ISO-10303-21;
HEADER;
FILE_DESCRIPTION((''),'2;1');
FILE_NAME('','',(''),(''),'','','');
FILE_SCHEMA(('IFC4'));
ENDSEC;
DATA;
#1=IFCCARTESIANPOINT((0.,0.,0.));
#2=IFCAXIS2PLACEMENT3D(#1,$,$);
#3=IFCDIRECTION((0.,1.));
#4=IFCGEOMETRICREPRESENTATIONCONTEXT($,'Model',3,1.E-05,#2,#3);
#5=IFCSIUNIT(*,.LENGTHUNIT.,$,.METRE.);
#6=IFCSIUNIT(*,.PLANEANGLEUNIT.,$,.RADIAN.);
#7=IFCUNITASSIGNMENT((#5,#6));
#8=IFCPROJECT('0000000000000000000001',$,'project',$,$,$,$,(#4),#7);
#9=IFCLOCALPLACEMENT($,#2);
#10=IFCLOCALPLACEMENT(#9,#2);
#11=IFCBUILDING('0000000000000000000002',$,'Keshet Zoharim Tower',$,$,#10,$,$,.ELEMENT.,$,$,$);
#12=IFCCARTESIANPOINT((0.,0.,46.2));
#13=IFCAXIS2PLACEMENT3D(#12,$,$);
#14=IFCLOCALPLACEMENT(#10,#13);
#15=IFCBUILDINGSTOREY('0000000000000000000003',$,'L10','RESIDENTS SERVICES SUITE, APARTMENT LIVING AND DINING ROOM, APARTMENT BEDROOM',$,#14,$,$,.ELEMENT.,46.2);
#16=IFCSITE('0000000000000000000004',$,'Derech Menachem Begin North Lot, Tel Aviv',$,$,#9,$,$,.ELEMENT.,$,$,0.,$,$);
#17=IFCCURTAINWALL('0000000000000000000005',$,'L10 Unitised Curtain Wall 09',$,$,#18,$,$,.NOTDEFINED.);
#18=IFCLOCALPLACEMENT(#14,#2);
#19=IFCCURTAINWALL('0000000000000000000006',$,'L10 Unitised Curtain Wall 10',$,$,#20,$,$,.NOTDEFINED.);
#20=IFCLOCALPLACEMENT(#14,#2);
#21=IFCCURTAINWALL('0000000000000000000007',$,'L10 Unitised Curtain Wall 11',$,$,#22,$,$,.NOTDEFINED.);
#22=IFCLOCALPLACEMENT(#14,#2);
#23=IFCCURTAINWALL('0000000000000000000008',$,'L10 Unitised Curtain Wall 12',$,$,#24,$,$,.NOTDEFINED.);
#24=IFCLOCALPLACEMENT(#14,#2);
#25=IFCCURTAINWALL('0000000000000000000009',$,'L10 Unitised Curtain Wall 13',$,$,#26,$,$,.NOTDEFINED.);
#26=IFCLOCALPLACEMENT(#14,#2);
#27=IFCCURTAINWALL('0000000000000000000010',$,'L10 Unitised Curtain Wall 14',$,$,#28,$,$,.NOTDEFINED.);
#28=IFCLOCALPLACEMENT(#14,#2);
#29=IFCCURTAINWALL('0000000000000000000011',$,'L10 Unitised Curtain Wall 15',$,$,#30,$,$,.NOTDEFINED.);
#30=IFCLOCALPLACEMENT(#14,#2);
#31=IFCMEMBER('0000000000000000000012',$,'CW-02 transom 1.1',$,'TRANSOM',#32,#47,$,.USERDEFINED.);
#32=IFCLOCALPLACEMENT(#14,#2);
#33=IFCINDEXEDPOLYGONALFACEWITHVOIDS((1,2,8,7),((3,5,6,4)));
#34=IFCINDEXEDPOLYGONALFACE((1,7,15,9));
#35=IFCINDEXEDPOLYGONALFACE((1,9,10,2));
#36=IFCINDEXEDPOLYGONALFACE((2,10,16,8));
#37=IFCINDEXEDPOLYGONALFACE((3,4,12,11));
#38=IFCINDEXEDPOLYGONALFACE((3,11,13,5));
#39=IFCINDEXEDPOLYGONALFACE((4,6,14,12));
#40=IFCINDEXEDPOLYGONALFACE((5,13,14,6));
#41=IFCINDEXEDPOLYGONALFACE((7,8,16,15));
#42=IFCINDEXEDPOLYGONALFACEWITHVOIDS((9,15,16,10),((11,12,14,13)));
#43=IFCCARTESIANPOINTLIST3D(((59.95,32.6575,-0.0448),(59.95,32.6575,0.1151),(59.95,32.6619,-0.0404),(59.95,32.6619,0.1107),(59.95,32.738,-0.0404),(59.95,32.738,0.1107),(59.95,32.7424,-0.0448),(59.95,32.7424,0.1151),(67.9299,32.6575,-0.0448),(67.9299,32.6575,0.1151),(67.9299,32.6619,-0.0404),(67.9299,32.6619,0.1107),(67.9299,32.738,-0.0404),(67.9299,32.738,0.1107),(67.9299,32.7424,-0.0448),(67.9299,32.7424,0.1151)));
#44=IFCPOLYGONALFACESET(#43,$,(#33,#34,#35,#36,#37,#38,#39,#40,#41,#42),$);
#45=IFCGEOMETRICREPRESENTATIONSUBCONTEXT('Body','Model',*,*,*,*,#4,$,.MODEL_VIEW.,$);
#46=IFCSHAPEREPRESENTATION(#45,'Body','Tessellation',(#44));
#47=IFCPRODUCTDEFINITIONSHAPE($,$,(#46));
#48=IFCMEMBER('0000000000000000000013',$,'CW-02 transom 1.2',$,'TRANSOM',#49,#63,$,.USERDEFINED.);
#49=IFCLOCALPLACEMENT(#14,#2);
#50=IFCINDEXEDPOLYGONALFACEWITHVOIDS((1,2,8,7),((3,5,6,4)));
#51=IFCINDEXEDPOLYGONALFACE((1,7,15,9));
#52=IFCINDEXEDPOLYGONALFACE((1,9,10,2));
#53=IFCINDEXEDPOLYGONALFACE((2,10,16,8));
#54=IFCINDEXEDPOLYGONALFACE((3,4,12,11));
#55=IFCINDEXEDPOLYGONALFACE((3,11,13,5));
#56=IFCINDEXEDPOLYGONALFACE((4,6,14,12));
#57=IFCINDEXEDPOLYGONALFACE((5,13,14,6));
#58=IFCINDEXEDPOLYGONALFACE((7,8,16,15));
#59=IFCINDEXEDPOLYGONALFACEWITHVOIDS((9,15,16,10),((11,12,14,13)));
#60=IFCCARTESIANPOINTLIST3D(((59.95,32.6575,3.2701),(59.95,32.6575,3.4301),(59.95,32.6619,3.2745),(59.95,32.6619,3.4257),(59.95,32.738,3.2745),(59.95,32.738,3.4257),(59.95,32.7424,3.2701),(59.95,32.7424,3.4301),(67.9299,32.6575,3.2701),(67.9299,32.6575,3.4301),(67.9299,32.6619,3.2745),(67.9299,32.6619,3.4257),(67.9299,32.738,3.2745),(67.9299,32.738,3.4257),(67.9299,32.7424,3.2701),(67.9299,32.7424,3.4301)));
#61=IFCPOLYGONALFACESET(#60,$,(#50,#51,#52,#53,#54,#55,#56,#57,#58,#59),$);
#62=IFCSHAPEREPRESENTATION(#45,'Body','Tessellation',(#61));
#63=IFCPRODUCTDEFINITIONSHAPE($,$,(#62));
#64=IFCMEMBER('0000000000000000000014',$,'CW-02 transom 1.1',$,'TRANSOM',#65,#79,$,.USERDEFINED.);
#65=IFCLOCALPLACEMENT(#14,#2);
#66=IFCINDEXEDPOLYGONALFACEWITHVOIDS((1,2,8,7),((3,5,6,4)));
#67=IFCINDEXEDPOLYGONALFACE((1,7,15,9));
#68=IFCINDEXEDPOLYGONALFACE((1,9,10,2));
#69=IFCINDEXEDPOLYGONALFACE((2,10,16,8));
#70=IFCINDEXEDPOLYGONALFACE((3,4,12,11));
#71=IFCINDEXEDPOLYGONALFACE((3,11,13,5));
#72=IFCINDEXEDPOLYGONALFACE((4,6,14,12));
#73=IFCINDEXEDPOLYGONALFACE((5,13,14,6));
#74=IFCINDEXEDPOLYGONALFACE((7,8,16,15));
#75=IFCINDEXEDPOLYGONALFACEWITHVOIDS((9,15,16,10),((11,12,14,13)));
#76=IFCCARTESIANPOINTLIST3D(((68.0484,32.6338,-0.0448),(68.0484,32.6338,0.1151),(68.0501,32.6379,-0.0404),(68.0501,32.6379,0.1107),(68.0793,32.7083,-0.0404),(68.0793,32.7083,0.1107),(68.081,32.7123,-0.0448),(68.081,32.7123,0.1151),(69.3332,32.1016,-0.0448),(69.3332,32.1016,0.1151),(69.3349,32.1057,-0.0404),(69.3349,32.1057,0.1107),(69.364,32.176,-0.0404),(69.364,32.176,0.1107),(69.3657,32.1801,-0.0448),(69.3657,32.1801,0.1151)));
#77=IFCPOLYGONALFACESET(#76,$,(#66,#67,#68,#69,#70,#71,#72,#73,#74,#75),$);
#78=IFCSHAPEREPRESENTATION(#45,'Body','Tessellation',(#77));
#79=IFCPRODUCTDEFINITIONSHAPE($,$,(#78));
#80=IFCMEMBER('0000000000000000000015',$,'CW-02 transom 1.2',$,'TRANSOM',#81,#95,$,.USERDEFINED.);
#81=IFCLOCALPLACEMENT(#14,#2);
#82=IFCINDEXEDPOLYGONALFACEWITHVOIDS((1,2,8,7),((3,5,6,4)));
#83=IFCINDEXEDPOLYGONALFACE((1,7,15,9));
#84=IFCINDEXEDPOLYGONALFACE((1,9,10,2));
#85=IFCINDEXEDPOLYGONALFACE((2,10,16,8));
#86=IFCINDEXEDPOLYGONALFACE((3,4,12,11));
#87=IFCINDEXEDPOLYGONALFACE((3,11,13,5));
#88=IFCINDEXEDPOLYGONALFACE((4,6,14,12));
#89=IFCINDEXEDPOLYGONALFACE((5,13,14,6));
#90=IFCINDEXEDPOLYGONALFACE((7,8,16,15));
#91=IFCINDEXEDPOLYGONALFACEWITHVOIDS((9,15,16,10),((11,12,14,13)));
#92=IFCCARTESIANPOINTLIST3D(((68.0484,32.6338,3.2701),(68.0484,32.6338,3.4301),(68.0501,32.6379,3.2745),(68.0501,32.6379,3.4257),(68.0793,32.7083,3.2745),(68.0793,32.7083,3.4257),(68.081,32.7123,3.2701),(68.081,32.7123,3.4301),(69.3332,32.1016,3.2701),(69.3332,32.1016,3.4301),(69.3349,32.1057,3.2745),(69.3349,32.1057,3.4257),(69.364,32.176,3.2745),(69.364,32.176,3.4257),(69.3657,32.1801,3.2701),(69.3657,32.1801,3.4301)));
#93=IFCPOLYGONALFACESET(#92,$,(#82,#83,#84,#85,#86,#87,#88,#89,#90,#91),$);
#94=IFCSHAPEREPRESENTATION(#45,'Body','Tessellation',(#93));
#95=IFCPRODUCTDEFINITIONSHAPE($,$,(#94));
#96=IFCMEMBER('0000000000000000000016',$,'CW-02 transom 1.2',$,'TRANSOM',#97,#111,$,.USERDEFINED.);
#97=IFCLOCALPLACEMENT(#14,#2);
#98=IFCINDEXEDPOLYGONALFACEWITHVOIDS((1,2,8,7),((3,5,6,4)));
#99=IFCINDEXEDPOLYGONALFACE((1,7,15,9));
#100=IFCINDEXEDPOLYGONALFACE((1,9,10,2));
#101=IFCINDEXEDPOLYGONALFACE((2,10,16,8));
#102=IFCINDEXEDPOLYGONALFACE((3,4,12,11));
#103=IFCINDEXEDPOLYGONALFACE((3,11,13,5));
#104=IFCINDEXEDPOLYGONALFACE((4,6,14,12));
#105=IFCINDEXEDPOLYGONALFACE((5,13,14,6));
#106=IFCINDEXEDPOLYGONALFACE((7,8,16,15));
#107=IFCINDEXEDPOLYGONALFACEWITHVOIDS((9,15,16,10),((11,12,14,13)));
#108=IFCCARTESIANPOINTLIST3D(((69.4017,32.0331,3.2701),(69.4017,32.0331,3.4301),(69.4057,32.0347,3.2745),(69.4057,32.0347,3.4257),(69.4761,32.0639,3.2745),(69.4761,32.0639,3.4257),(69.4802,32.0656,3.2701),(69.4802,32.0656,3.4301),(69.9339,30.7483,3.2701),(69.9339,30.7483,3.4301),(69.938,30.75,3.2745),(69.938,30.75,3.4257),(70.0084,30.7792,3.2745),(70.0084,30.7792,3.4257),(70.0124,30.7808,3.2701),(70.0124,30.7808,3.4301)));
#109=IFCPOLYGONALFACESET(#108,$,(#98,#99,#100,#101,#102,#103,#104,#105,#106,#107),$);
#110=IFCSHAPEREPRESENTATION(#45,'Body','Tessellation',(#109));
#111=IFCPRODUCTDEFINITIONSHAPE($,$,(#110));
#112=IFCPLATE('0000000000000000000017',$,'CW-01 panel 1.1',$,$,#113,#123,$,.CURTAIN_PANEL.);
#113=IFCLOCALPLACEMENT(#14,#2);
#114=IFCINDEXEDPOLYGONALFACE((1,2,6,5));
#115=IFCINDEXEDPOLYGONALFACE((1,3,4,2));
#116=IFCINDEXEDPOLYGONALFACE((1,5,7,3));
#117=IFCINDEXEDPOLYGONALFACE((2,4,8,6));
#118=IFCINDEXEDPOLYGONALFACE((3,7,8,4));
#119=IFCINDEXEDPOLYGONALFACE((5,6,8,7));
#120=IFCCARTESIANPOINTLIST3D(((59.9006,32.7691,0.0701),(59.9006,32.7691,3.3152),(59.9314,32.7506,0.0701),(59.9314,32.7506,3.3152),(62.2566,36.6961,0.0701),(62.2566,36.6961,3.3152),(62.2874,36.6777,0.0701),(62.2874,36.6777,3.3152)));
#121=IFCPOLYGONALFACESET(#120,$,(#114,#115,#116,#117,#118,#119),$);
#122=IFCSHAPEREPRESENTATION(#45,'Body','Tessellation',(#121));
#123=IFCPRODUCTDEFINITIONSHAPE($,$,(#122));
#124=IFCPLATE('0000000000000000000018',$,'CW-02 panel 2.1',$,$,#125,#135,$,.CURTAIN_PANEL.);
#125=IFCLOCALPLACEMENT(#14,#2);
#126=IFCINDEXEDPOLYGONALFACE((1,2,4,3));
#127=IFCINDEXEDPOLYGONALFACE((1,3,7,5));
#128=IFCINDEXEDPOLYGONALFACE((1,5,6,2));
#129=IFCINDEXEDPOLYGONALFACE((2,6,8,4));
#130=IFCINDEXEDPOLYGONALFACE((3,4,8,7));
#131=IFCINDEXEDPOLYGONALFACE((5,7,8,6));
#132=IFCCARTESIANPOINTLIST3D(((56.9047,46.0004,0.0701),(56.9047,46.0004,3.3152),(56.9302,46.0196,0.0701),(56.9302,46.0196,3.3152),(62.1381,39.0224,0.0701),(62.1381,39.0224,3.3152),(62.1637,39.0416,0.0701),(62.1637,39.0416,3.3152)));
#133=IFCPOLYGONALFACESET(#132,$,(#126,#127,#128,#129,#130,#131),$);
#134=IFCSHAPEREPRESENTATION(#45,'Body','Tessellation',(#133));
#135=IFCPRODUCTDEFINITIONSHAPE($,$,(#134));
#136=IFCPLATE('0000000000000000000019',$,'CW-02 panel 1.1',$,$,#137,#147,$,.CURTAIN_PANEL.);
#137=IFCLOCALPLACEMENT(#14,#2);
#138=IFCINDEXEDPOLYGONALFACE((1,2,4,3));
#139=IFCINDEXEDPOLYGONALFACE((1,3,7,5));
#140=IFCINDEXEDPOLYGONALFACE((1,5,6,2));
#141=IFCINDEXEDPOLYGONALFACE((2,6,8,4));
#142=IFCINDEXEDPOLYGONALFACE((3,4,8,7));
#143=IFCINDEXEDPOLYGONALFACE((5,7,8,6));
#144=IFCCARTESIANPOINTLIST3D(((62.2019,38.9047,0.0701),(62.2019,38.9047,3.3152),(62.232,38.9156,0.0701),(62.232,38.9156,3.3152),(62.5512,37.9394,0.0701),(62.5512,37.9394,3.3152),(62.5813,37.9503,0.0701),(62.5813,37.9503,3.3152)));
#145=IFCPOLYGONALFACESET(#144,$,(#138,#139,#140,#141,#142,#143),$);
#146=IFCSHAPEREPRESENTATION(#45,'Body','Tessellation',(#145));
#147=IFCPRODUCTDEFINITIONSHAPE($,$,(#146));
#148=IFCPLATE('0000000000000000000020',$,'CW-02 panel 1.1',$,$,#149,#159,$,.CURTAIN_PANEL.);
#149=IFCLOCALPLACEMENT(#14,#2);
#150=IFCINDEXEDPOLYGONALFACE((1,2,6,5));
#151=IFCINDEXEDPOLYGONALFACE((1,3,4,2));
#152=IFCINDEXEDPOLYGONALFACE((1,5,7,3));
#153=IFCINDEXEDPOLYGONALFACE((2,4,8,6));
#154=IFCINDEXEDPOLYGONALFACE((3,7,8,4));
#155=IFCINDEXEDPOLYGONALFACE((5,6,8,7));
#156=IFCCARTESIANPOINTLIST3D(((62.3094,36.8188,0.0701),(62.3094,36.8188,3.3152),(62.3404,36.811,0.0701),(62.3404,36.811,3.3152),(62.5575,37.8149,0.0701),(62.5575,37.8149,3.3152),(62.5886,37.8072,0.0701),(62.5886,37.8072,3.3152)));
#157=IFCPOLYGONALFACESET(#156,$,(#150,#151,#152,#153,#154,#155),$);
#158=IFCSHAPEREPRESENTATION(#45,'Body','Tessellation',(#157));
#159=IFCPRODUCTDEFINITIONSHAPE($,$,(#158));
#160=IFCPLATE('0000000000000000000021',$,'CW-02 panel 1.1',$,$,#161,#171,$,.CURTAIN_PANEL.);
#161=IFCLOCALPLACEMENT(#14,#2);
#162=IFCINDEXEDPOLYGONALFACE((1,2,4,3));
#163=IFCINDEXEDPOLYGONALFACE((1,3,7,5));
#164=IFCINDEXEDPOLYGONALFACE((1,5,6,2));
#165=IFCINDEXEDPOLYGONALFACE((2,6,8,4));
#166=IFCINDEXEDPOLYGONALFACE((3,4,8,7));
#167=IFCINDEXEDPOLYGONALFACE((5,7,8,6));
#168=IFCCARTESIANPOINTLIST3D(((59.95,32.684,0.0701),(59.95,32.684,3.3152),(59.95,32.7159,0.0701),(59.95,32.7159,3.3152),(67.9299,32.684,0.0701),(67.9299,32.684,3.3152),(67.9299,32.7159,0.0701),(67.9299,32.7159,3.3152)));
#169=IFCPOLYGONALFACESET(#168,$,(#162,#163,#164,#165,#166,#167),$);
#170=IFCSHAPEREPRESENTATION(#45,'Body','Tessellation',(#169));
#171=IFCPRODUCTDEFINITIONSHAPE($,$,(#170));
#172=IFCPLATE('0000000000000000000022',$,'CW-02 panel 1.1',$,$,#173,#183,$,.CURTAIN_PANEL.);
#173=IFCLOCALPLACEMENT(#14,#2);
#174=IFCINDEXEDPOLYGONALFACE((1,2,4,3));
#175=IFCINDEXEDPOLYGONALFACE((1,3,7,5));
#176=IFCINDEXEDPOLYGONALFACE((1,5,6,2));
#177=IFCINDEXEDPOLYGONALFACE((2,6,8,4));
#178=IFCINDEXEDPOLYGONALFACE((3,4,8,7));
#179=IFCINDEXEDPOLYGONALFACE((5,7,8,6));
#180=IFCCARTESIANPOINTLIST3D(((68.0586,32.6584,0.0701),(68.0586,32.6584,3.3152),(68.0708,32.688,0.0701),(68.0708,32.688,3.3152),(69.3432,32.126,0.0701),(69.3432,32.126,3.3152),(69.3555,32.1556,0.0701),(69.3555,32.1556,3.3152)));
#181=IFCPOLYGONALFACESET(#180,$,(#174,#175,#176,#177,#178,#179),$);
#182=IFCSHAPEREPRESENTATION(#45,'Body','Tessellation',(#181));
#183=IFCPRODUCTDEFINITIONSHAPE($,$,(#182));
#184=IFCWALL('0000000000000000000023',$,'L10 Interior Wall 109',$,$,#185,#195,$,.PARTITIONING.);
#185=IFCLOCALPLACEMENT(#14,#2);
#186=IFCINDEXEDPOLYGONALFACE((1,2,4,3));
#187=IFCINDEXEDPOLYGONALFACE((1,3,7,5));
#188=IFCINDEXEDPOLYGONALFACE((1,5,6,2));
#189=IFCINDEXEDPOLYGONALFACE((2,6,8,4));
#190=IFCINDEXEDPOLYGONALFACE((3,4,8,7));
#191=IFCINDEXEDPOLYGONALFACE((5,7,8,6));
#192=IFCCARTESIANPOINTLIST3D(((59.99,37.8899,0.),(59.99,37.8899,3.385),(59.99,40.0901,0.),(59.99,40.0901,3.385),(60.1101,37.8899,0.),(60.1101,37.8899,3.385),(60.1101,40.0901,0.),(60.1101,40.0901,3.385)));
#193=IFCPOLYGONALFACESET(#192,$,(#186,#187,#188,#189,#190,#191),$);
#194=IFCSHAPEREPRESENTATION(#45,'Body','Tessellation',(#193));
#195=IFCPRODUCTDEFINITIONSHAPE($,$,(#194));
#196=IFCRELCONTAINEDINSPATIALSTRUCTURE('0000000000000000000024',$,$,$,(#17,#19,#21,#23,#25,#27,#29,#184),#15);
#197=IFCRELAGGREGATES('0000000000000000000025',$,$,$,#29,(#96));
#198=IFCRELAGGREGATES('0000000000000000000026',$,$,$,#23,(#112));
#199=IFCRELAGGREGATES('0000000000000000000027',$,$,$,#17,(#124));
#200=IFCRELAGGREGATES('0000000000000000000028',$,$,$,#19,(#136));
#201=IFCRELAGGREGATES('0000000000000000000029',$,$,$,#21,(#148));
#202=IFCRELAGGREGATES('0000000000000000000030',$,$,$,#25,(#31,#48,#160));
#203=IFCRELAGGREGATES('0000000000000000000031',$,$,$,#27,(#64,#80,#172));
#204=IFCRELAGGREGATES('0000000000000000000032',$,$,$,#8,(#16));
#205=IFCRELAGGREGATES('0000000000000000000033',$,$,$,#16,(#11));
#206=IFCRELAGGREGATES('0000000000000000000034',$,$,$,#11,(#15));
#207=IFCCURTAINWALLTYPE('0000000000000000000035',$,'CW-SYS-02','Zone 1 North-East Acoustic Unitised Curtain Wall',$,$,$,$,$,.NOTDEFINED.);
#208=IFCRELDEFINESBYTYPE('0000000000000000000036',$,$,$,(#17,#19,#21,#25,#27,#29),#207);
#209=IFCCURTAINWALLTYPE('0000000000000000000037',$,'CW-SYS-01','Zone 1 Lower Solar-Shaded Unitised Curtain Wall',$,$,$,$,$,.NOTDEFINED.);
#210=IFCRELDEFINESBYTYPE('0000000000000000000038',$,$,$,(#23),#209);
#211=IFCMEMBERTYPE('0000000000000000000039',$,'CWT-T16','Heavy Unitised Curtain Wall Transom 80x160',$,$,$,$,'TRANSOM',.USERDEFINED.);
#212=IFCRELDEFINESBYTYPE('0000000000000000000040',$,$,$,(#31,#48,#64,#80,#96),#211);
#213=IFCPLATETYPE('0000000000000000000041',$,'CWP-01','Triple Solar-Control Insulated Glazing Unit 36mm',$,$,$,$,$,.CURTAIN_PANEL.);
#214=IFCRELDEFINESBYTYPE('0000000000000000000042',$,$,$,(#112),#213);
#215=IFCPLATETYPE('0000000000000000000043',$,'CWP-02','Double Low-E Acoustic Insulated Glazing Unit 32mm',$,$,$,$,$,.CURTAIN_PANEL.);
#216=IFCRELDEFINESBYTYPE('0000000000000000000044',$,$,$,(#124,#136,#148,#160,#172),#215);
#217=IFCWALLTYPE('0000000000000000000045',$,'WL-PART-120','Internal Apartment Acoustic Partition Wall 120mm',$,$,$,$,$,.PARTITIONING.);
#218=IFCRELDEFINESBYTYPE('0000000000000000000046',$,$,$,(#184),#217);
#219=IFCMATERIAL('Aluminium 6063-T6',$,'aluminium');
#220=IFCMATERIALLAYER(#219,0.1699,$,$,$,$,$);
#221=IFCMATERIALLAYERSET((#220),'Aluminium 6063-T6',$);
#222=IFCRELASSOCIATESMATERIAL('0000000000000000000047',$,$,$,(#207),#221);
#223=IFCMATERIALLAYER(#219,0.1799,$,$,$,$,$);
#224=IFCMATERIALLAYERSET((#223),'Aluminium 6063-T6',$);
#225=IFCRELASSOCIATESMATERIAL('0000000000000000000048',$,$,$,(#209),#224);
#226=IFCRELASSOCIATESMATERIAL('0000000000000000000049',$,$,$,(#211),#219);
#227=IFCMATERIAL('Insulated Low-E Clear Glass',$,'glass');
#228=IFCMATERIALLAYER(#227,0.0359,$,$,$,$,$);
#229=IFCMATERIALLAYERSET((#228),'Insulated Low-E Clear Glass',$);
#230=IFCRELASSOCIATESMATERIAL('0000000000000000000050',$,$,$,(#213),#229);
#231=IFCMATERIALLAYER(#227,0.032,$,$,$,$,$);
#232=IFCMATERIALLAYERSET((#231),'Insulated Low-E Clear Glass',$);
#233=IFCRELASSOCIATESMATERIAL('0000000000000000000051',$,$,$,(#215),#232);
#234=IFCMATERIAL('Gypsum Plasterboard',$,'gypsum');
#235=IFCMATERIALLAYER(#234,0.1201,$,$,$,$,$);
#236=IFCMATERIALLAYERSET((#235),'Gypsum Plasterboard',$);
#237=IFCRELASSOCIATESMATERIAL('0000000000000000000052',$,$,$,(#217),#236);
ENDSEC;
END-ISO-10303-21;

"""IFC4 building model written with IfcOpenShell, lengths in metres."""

from ifc_helpers import new_model, si_unit, direction, frame, frame_2d, origin, origin_2d, place, context, subcontext, project, spatial, rectangle, hollow_rectangle, extrude, material, layer, layer_set, material_profile, profile_set, type_object, element, aggregate, save


model = new_model("IFC4")

# Units and contexts
model_context = context("Model", 3, precision=1e-05, world=origin(), true_north=direction((0.0, 1.0)))
body_context = subcontext(model_context, "Body", "Model", "MODEL_VIEW")
ifc_project = project(units=[si_unit("LENGTHUNIT", "METRE"), si_unit("PLANEANGLEUNIT", "RADIAN")], contexts=[model_context])

# Site, building, storey
site_placement = place(None, origin())
site = spatial("IfcSite", under=ifc_project, at=site_placement, Name="Derech Menachem Begin North Lot, Tel Aviv", CompositionType="ELEMENT", RefElevation=0.0)
building_placement = place(site_placement, origin())
building = spatial("IfcBuilding", under=site, at=building_placement, Name="Keshet Zoharim Tower", CompositionType="ELEMENT")
storey_placement = place(building_placement, frame((0.0, 0.0, 46.2)))
storey = spatial("IfcBuildingStorey", under=building, at=storey_placement, Name="L10", Description="RESIDENTS SERVICES SUITE, APARTMENT LIVING AND DINING ROOM, APARTMENT BEDROOM", CompositionType="ELEMENT", Elevation=46.2)

# Curtain wall
ifc_material_1 = material(Name="Aluminium 6063-T6", Category="aluminium")
ifc_layer_1 = layer(ifc_material_1, 0.1699)
ifc_layer_set_1 = layer_set([ifc_layer_1], Name="Aluminium 6063-T6")
curtain_wall_type_1 = type_object("IfcCurtainWallType", Name="CW-SYS-02", Description="Zone 1 North-East Acoustic Unitised Curtain Wall", PredefinedType="NOTDEFINED", material=ifc_layer_set_1)
curtain_wall_1_placement = place(storey_placement, origin())
curtain_wall_1 = element("IfcCurtainWall", 1, at=curtain_wall_1_placement, inside=storey, type_object=curtain_wall_type_1, Name="L10 Unitised Curtain Wall 09", PredefinedType="NOTDEFINED")

# Curtain walls
curtain_wall_2_placement = place(storey_placement, origin())
curtain_wall_2 = element("IfcCurtainWall", 2, at=curtain_wall_2_placement, inside=storey, type_object=curtain_wall_type_1, Name="L10 Unitised Curtain Wall 10", PredefinedType="NOTDEFINED")
curtain_wall_3_placement = place(storey_placement, origin())
curtain_wall_3 = element("IfcCurtainWall", 3, at=curtain_wall_3_placement, inside=storey, type_object=curtain_wall_type_1, Name="L10 Unitised Curtain Wall 11", PredefinedType="NOTDEFINED")
ifc_layer_2 = layer(ifc_material_1, 0.1799)
ifc_layer_set_2 = layer_set([ifc_layer_2], Name="Aluminium 6063-T6")
curtain_wall_type_2 = type_object("IfcCurtainWallType", Name="CW-SYS-01", Description="Zone 1 Lower Solar-Shaded Unitised Curtain Wall", PredefinedType="NOTDEFINED", material=ifc_layer_set_2)
curtain_wall_4_placement = place(storey_placement, origin())
curtain_wall_4 = element("IfcCurtainWall", 4, at=curtain_wall_4_placement, inside=storey, type_object=curtain_wall_type_2, Name="L10 Unitised Curtain Wall 12", PredefinedType="NOTDEFINED")
curtain_wall_5_placement = place(storey_placement, origin())
curtain_wall_5 = element("IfcCurtainWall", 5, at=curtain_wall_5_placement, inside=storey, type_object=curtain_wall_type_1, Name="L10 Unitised Curtain Wall 13", PredefinedType="NOTDEFINED")
curtain_wall_6_placement = place(storey_placement, origin())
curtain_wall_6 = element("IfcCurtainWall", 6, at=curtain_wall_6_placement, inside=storey, type_object=curtain_wall_type_1, Name="L10 Unitised Curtain Wall 14", PredefinedType="NOTDEFINED")

# Curtain wall
curtain_wall_7_placement = place(storey_placement, origin())
curtain_wall_7 = element("IfcCurtainWall", 7, at=curtain_wall_7_placement, inside=storey, type_object=curtain_wall_type_1, Name="L10 Unitised Curtain Wall 15", PredefinedType="NOTDEFINED")

# Members
ifc_material_profile_1 = material_profile(ifc_material_1, hollow_rectangle(XDim=0.085, YDim=0.1599, WallThickness=0.0044, at=origin_2d()), Name="TRN-85x160")
ifc_profile_set_1 = profile_set([ifc_material_profile_1], Name="Aluminium 6063-T6")
member_type_1 = type_object("IfcMemberType", Name="CWT-T16", Description="Heavy Unitised Curtain Wall Transom 80x160", ElementType="TRANSOM", PredefinedType="USERDEFINED", material=ifc_profile_set_1)
member_1_placement = place(storey_placement, frame((59.95, 32.7, 0.0352), z_axis=(1.0, 0.0, 0.0), x_axis=(0.0, 1.0, 0.0)))
member_1 = element("IfcMember", 8, at=member_1_placement, type_object=member_type_1, Name="CW-02 transom 1.1", ObjectType="TRANSOM", PredefinedType="USERDEFINED", context=body_context, shape_type="SweptSolid", body=[
    extrude(hollow_rectangle(XDim=0.085, YDim=0.1599, WallThickness=0.0044, at=origin_2d()), origin(), (0.0, 0.0, 1.0), 7.98),
])
member_2_placement = place(storey_placement, frame((59.95, 32.7, 3.3501), z_axis=(1.0, 0.0, 0.0), x_axis=(0.0, 1.0, 0.0)))
member_2 = element("IfcMember", 9, at=member_2_placement, type_object=member_type_1, Name="CW-02 transom 1.2", ObjectType="TRANSOM", PredefinedType="USERDEFINED", context=body_context, shape_type="SweptSolid", body=[
    extrude(hollow_rectangle(XDim=0.085, YDim=0.1599, WallThickness=0.0044, at=origin_2d()), origin(), (0.0, 0.0, 1.0), 7.98),
])
member_3_placement = place(storey_placement, frame((68.0647, 32.6731, 0.0352), z_axis=(0.923854, -0.382745, 0.0), x_axis=(0.382745, 0.923854, 0.0)))
member_3 = element("IfcMember", 10, at=member_3_placement, type_object=member_type_1, Name="CW-02 transom 1.1", ObjectType="TRANSOM", PredefinedType="USERDEFINED", context=body_context, shape_type="SweptSolid", body=[
    extrude(hollow_rectangle(XDim=0.085, YDim=0.1599, WallThickness=0.0044, at=origin_2d()), origin(), (0.0, 0.0, 1.0), 1.3906),
])
member_4_placement = place(storey_placement, frame((68.0647, 32.6731, 3.3501), z_axis=(0.923854, -0.382745, 0.0), x_axis=(0.382745, 0.923854, 0.0)))
member_4 = element("IfcMember", 11, at=member_4_placement, type_object=member_type_1, Name="CW-02 transom 1.2", ObjectType="TRANSOM", PredefinedType="USERDEFINED", context=body_context, shape_type="SweptSolid", body=[
    extrude(hollow_rectangle(XDim=0.085, YDim=0.1599, WallThickness=0.0044, at=origin_2d()), origin(), (0.0, 0.0, 1.0), 1.3906),
])
member_5_placement = place(storey_placement, frame((69.4409, 32.0493, 3.3501), z_axis=(0.382745, -0.923854, 0.0), x_axis=(0.923854, 0.382745, 0.0)))
member_5 = element("IfcMember", 12, at=member_5_placement, type_object=member_type_1, Name="CW-02 transom 1.2", ObjectType="TRANSOM", PredefinedType="USERDEFINED", context=body_context, shape_type="SweptSolid", body=[
    extrude(hollow_rectangle(XDim=0.085, YDim=0.1599, WallThickness=0.0044, at=origin_2d()), origin(), (0.0, 0.0, 1.0), 1.3906),
])
aggregate(curtain_wall_7, [member_5])

# Plates
ifc_material_2 = material(Name="Insulated Low-E Clear Glass", Category="glass")
ifc_layer_3 = layer(ifc_material_2, 0.0359)
ifc_layer_set_3 = layer_set([ifc_layer_3], Name="Insulated Low-E Clear Glass")
plate_type_1 = type_object("IfcPlateType", Name="CWP-01", Description="Triple Solar-Control Insulated Glazing Unit 36mm", PredefinedType="CURTAIN_PANEL", material=ifc_layer_set_3)
plate_1_placement = place(storey_placement, frame((61.094, 34.7234, 0.0701), z_axis=(0.0, 0.0, 1.0), x_axis=(-0.514465, -0.857512, 0.0)))
plate_1 = element("IfcPlate", 13, at=plate_1_placement, type_object=plate_type_1, Name="CW-01 panel 1.1", PredefinedType="CURTAIN_PANEL", context=body_context, shape_type="SweptSolid", body=[
    extrude(rectangle(XDim=4.5796, YDim=0.0359, at=origin_2d()), origin(), (0.0, 0.0, 1.0), 3.2451),
])
aggregate(curtain_wall_4, [plate_1])
ifc_layer_4 = layer(ifc_material_2, 0.032)
ifc_layer_set_4 = layer_set([ifc_layer_4], Name="Insulated Low-E Clear Glass")
plate_type_2 = type_object("IfcPlateType", Name="CWP-02", Description="Double Low-E Acoustic Insulated Glazing Unit 32mm", PredefinedType="CURTAIN_PANEL", material=ifc_layer_set_4)
plate_2_placement = place(storey_placement, frame((59.5342, 42.521, 0.0701), z_axis=(0.0, 0.0, 1.0), x_axis=(0.6, -0.8, 0.0)))
plate_2 = element("IfcPlate", 14, at=plate_2_placement, type_object=plate_type_2, Name="CW-02 panel 2.1", PredefinedType="CURTAIN_PANEL", context=body_context, shape_type="SweptSolid", body=[
    extrude(rectangle(XDim=8.7224, YDim=0.032, at=origin_2d()), origin(), (0.0, 0.0, 1.0), 3.2451),
])
aggregate(curtain_wall_1, [plate_2])
plate_3_placement = place(storey_placement, frame((62.3916, 38.4275, 0.0701), z_axis=(0.0, 0.0, 1.0), x_axis=(0.340297, -0.940318, 0.0)))
plate_3 = element("IfcPlate", 15, at=plate_3_placement, type_object=plate_type_2, Name="CW-02 panel 1.1", PredefinedType="CURTAIN_PANEL", context=body_context, shape_type="SweptSolid", body=[
    extrude(rectangle(XDim=1.0266, YDim=0.032, at=origin_2d()), origin(), (0.0, 0.0, 1.0), 3.2451),
])
aggregate(curtain_wall_2, [plate_3])
plate_4_placement = place(storey_placement, frame((62.449, 37.313, 0.0701), z_axis=(0.0, 0.0, 1.0), x_axis=(-0.241729, -0.970344, 0.0)))
plate_4 = element("IfcPlate", 16, at=plate_4_placement, type_object=plate_type_2, Name="CW-02 panel 1.1", PredefinedType="CURTAIN_PANEL", context=body_context, shape_type="SweptSolid", body=[
    extrude(rectangle(XDim=1.0266, YDim=0.032, at=origin_2d()), origin(), (0.0, 0.0, 1.0), 3.2451),
])
aggregate(curtain_wall_3, [plate_4])
plate_5_placement = place(storey_placement, frame((63.9399, 32.7, 0.0701), z_axis=(0.0, 0.0, 1.0), x_axis=(1.0, 0.0, 0.0)))
plate_5 = element("IfcPlate", 17, at=plate_5_placement, type_object=plate_type_2, Name="CW-02 panel 1.1", PredefinedType="CURTAIN_PANEL", context=body_context, shape_type="SweptSolid", body=[
    extrude(rectangle(XDim=7.98, YDim=0.032, at=origin_2d()), origin(), (0.0, 0.0, 1.0), 3.2451),
])
aggregate(curtain_wall_5, [member_1, member_2, plate_5])
plate_6_placement = place(storey_placement, frame((68.707, 32.407, 0.0701), z_axis=(0.0, 0.0, 1.0), x_axis=(0.92381, -0.382852, 0.0)))
plate_6 = element("IfcPlate", 18, at=plate_6_placement, type_object=plate_type_2, Name="CW-02 panel 1.1", PredefinedType="CURTAIN_PANEL", context=body_context, shape_type="SweptSolid", body=[
    extrude(rectangle(XDim=1.3906, YDim=0.032, at=origin_2d()), origin(), (0.0, 0.0, 1.0), 3.2451),
])
aggregate(curtain_wall_6, [member_3, member_4, plate_6])

# Wall
ifc_material_3 = material(Name="Gypsum Plasterboard", Category="gypsum")
ifc_layer_5 = layer(ifc_material_3, 0.1201)
ifc_layer_set_5 = layer_set([ifc_layer_5], Name="Gypsum Plasterboard")
wall_type = type_object("IfcWallType", Name="WL-PART-120", Description="Internal Apartment Acoustic Partition Wall 120mm", PredefinedType="PARTITIONING", material=ifc_layer_set_5)
wall_1_placement = place(storey_placement, frame((60.05, 37.8899, 0.0), z_axis=(0.0, 0.0, 1.0), x_axis=(0.0, 1.0, 0.0)))
element("IfcWall", 19, at=wall_1_placement, inside=storey, type_object=wall_type, Name="L10 Interior Wall 109", PredefinedType="PARTITIONING", context=body_context, shape_type="SweptSolid", body=[
    extrude(rectangle(XDim=2.2002, YDim=0.1201, at=frame_2d((1.1001, 0.0))), origin(), (0.0, 0.0, 1.0), 3.385),
])

save(model, "model.ifc")
